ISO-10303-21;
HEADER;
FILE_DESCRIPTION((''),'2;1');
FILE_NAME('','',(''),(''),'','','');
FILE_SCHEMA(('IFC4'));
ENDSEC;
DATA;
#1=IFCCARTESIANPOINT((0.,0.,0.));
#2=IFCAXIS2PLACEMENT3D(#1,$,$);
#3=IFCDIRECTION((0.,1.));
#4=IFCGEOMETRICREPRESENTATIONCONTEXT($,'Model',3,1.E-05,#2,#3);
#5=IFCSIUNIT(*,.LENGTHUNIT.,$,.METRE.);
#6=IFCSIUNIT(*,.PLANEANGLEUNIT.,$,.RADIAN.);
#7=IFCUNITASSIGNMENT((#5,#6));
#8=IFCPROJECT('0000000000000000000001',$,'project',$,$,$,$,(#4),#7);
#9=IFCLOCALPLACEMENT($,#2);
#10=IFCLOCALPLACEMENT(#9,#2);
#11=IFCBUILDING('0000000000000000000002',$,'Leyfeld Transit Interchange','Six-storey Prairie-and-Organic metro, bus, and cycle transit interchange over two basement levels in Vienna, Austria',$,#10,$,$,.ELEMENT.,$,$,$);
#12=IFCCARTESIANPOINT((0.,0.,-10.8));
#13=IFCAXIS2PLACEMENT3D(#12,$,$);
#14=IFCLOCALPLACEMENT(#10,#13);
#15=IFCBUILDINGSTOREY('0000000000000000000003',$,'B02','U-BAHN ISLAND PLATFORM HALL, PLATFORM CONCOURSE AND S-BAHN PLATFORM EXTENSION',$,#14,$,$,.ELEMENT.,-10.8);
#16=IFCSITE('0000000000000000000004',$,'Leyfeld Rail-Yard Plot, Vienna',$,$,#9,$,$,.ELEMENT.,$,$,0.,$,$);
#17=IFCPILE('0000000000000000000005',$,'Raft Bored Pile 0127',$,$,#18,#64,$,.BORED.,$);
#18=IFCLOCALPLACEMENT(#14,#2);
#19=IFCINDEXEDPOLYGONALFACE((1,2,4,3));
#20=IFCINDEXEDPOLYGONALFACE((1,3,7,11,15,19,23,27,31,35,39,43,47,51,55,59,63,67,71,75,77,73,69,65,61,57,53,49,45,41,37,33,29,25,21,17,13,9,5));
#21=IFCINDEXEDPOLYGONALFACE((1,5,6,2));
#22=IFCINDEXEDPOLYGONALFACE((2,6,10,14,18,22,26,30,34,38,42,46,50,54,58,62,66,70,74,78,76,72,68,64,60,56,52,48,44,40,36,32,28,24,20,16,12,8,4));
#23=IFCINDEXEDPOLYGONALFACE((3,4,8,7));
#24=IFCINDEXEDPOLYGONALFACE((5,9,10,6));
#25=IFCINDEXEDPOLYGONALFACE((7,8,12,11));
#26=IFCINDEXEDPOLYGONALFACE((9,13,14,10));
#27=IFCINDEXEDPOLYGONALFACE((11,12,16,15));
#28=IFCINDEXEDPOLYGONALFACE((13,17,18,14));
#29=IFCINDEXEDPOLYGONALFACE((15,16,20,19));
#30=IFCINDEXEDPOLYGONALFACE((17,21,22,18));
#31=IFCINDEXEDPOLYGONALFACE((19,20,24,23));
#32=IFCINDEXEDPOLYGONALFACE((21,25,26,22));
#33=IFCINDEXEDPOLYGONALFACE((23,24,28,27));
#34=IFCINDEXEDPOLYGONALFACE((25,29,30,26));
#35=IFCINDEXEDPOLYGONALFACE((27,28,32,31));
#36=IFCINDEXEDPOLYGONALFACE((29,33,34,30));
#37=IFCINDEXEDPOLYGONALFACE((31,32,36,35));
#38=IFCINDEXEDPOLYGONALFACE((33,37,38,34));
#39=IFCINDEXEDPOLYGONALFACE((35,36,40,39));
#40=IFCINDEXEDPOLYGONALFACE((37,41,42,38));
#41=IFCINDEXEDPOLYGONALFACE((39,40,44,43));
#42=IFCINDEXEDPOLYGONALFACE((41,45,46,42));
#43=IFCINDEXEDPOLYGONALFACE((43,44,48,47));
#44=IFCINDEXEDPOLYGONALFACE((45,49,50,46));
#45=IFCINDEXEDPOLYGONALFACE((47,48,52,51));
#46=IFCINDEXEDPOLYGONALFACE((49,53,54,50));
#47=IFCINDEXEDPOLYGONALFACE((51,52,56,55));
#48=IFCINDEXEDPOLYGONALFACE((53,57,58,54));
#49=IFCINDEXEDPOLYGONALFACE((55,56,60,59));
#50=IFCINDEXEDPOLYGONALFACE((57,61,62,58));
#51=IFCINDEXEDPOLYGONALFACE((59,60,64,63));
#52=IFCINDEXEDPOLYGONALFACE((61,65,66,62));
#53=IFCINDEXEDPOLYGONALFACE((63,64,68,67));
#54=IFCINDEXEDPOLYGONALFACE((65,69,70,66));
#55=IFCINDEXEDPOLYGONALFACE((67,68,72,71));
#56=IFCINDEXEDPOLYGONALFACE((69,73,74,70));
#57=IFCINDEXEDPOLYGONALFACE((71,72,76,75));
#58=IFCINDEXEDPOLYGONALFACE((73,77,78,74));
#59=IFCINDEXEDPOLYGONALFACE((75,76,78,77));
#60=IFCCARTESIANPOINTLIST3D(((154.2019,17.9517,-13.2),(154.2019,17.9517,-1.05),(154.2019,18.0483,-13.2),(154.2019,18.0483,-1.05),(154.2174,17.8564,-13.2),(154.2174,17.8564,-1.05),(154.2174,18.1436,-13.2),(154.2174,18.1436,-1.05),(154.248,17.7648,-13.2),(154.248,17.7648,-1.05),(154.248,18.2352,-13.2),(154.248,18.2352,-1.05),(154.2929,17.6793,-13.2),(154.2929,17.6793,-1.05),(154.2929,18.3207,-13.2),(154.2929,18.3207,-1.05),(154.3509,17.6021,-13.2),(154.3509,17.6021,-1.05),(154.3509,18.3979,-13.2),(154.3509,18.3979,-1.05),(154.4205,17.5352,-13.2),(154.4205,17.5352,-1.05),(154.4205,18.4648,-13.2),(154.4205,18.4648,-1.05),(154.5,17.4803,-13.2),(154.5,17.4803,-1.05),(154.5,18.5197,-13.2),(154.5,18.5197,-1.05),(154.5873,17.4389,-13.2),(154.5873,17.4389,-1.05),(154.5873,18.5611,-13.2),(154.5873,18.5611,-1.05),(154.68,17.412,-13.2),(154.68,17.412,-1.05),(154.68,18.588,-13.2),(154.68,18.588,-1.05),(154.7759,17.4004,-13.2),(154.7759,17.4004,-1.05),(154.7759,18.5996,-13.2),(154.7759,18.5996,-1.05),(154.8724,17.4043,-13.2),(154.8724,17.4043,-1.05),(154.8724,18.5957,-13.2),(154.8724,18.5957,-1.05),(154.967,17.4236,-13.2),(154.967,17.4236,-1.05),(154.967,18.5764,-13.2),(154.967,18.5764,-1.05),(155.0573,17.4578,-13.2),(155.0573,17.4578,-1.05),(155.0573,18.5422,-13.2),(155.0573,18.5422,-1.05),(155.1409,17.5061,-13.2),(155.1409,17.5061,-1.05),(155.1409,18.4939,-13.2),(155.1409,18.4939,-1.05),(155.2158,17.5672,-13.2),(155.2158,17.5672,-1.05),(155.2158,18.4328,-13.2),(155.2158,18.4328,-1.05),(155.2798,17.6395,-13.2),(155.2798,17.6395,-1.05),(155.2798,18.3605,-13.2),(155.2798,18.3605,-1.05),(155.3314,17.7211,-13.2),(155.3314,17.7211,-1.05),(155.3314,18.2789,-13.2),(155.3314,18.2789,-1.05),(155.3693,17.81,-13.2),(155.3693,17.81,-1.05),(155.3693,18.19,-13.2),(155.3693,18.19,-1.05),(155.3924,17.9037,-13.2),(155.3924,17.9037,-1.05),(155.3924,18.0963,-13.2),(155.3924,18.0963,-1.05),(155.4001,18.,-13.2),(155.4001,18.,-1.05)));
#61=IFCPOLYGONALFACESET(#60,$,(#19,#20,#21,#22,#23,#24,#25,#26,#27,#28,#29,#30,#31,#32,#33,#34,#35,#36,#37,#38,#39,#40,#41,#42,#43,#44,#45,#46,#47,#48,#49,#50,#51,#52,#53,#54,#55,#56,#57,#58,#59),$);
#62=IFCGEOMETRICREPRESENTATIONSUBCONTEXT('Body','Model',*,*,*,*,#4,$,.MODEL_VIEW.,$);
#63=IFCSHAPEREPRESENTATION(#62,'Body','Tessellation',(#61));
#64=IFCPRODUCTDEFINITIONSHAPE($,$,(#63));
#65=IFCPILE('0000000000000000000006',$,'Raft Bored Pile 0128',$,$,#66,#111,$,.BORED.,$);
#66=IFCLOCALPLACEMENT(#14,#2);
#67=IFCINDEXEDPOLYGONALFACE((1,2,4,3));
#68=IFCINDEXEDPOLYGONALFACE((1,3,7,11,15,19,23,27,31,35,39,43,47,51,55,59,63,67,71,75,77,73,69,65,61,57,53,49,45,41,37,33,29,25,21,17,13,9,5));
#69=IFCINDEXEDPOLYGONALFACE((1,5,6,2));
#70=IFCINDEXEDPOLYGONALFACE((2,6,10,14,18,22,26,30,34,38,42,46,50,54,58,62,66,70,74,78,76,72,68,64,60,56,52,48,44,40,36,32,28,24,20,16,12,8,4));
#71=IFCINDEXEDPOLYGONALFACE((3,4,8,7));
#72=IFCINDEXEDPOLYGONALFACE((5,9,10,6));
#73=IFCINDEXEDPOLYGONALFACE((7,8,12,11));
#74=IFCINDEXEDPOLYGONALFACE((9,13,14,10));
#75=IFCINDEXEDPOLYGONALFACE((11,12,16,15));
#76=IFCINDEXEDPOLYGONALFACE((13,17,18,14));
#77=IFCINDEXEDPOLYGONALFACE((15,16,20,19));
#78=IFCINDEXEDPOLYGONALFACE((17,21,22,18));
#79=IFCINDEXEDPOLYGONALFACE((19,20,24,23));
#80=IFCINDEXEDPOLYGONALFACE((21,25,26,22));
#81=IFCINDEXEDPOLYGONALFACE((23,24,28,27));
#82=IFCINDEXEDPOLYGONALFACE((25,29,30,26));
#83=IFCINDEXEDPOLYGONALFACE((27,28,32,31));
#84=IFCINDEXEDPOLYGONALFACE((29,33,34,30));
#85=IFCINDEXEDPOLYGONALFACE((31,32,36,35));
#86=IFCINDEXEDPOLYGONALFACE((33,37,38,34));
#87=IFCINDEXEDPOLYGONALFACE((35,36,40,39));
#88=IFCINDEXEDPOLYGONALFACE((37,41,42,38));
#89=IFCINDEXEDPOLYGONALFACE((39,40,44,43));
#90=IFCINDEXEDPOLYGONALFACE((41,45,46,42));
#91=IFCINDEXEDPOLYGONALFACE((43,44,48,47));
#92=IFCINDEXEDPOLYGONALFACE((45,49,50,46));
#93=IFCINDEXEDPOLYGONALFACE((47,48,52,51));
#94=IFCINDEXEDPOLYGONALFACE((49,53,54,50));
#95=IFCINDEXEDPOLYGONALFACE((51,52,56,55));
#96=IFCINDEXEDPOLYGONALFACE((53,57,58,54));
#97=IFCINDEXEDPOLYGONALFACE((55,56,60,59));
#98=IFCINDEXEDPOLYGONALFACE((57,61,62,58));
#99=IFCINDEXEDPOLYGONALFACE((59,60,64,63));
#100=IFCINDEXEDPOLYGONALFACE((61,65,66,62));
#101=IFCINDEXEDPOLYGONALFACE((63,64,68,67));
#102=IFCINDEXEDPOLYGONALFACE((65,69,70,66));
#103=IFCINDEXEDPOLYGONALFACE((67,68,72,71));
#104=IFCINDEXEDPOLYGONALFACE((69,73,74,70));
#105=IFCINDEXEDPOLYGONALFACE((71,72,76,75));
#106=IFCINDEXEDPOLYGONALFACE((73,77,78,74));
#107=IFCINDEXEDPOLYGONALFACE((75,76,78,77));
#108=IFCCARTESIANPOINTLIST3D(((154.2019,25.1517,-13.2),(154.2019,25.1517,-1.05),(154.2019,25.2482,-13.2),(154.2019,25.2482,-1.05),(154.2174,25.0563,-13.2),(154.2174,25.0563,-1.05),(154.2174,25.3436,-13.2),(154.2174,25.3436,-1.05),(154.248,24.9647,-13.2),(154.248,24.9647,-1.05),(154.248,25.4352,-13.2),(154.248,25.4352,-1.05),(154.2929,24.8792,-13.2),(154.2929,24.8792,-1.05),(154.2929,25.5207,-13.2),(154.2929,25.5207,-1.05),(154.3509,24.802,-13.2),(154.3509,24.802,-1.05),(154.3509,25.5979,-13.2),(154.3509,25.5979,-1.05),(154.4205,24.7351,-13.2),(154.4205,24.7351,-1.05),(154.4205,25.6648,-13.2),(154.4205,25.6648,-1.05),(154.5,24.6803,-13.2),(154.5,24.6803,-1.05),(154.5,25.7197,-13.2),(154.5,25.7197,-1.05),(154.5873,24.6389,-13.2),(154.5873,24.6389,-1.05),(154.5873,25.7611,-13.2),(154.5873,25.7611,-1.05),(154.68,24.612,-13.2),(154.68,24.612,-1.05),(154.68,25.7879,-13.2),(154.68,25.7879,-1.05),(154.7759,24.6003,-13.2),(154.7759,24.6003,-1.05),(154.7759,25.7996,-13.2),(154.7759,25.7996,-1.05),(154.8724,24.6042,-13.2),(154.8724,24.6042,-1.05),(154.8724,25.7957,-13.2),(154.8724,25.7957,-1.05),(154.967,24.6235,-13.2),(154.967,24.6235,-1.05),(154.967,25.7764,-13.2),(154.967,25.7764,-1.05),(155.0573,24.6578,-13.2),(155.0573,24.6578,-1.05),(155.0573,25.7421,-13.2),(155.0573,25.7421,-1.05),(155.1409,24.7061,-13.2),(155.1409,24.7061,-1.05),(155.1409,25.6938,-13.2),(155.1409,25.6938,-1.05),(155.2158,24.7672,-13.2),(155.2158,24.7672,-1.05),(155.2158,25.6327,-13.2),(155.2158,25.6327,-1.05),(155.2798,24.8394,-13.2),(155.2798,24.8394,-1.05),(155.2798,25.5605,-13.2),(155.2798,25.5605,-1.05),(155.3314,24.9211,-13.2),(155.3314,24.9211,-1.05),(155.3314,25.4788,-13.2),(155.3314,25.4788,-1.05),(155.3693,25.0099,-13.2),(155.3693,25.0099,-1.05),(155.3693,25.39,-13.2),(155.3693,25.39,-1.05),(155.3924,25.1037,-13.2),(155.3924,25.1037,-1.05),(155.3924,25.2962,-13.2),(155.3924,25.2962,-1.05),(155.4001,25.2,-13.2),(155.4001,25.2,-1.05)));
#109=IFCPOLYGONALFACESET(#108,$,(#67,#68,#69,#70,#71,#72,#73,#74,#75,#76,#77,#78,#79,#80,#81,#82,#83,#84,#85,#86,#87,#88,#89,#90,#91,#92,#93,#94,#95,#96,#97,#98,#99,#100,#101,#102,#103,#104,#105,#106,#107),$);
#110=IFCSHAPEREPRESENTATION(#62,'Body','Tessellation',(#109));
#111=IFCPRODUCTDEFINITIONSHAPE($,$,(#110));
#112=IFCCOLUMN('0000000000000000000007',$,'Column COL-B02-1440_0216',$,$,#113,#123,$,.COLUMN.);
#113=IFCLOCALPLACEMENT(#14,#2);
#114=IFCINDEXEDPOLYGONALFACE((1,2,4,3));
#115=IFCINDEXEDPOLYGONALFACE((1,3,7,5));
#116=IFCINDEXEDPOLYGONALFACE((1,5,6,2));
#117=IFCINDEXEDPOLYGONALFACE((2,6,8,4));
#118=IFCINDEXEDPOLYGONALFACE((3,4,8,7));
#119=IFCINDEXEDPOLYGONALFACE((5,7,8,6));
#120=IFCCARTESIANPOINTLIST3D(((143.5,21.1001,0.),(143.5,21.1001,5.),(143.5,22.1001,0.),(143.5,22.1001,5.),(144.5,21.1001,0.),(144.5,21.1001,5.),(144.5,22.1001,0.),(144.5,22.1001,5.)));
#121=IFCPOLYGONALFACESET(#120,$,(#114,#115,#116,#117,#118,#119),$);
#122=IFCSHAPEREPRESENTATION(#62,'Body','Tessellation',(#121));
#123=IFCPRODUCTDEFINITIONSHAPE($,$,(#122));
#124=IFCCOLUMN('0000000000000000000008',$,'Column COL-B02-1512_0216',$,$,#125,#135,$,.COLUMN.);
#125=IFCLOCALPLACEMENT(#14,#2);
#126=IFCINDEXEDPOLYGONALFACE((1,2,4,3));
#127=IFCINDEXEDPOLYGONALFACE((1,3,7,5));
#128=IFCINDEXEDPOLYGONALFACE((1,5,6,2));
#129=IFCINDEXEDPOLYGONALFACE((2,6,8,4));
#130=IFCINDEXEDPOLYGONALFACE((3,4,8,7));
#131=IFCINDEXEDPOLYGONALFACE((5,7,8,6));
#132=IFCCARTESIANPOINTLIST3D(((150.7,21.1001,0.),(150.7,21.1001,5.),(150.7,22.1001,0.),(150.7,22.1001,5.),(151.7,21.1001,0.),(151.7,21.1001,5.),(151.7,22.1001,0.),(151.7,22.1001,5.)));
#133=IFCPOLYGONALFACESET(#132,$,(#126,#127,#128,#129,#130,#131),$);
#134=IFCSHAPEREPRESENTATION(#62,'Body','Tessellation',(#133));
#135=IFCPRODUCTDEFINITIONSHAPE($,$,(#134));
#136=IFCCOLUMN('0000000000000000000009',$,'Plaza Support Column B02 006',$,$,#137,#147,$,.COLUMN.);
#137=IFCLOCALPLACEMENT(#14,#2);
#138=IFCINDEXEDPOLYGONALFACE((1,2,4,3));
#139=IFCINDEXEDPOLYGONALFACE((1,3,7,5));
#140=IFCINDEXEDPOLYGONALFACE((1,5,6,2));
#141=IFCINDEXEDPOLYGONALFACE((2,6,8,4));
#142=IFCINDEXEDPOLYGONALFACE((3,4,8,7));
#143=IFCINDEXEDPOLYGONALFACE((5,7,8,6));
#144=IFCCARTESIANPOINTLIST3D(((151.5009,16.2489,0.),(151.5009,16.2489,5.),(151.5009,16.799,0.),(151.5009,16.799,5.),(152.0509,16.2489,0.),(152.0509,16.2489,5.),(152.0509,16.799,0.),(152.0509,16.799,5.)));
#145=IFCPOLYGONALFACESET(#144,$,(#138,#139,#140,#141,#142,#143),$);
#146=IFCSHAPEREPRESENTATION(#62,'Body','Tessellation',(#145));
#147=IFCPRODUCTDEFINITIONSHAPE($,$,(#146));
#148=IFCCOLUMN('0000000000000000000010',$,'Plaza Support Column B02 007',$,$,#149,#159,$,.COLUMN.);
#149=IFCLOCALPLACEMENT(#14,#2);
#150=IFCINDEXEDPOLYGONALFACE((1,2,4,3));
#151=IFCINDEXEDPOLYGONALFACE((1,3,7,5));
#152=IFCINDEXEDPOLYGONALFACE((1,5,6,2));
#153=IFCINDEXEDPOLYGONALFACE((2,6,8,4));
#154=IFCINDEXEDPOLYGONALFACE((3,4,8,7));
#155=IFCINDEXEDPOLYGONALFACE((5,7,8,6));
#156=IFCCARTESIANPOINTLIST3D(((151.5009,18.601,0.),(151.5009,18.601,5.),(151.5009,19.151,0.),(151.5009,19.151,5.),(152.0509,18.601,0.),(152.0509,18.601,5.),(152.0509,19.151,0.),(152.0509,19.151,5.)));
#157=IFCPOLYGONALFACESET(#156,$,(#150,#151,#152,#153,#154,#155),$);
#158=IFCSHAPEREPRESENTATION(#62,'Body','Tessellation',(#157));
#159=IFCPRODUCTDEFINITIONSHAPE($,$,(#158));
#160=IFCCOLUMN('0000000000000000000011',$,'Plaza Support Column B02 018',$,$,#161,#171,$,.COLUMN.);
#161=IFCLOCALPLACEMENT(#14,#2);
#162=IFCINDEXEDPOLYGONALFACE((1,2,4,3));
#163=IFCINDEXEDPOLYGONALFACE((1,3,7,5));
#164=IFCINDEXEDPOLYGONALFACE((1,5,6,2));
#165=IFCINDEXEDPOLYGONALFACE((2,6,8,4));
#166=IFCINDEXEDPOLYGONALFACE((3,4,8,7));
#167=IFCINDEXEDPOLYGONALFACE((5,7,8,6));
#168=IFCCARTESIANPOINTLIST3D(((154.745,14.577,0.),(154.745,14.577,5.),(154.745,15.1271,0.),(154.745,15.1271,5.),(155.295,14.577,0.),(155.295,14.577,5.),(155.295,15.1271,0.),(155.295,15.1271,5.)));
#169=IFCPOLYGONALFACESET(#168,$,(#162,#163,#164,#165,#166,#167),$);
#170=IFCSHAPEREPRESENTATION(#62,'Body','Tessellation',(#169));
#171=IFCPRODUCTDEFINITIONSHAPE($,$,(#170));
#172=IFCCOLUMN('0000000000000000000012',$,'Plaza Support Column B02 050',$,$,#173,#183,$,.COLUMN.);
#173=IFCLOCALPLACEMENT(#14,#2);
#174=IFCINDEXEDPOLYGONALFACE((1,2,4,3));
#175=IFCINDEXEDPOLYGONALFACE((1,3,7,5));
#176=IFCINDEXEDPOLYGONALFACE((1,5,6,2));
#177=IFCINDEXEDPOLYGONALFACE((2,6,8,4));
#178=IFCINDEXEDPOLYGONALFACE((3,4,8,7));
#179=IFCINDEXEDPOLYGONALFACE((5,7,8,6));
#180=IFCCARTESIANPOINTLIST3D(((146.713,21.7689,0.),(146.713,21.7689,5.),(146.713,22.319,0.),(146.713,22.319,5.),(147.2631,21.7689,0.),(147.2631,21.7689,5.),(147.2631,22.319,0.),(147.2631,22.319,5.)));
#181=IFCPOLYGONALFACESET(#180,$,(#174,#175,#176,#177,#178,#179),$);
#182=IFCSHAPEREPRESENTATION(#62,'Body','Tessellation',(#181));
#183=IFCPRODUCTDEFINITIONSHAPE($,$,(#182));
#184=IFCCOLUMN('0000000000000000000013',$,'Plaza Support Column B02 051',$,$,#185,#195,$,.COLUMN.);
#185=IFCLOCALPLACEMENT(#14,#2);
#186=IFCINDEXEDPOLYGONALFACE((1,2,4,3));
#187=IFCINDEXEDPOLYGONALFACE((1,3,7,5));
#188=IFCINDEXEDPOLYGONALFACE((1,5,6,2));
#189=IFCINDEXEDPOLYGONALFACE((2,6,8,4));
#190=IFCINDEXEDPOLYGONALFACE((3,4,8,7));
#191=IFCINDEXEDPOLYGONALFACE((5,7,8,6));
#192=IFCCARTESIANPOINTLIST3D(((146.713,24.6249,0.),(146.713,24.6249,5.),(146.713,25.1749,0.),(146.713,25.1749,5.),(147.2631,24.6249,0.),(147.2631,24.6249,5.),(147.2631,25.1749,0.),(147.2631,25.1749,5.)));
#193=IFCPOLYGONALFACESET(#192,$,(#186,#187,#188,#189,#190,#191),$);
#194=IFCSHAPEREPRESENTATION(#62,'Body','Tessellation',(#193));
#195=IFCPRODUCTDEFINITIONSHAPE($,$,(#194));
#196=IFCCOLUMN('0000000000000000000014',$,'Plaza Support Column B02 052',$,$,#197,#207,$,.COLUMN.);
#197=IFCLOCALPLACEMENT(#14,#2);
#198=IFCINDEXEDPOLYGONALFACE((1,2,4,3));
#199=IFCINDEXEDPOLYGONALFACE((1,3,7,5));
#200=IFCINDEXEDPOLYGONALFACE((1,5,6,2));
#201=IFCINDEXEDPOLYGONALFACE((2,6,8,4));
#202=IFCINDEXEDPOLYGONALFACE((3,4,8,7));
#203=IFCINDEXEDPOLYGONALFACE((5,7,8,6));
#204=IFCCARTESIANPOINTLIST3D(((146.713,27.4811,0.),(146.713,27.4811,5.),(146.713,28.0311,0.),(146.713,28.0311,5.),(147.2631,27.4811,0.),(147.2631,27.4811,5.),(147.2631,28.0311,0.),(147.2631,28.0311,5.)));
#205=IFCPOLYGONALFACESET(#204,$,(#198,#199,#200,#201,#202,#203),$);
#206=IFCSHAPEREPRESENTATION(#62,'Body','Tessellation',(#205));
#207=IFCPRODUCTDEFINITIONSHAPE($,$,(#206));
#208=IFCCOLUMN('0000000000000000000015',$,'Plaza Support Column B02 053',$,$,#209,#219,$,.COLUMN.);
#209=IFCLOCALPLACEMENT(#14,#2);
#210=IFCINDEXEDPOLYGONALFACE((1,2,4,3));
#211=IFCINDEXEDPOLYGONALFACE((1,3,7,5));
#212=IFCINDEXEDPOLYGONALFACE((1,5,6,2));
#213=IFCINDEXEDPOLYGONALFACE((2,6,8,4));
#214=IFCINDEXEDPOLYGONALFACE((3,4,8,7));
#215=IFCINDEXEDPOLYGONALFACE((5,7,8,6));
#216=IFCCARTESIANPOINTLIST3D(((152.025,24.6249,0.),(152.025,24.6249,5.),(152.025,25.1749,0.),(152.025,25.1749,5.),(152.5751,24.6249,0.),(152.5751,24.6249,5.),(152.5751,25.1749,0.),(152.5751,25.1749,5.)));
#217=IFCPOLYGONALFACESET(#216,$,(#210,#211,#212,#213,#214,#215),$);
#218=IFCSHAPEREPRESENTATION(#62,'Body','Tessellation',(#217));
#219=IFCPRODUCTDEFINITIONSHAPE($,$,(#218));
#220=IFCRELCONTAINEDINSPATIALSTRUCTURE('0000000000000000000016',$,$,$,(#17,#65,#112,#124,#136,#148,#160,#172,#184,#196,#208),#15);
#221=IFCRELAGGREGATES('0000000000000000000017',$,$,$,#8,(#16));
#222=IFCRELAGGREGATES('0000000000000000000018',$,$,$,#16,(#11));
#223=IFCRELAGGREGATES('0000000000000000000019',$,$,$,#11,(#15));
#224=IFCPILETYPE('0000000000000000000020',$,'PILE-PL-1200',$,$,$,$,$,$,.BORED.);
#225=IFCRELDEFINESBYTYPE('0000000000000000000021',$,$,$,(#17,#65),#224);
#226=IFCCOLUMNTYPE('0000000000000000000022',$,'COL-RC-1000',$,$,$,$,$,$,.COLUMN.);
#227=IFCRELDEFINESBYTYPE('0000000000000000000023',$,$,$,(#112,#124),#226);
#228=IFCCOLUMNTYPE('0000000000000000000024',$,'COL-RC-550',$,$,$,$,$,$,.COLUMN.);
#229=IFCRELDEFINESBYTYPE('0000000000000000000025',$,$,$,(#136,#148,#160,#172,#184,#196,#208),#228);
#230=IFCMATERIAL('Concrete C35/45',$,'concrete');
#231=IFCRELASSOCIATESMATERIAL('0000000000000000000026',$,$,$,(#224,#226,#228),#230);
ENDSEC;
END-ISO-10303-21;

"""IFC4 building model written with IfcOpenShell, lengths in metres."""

from ifc_helpers import new_model, si_unit, direction, frame, origin, origin_2d, place, context, subcontext, project, spatial, rectangle, circle, extrude, material, material_profile, profile_set, type_object, element, save


model = new_model("IFC4")

# Units and contexts
model_context = context("Model", 3, precision=1e-05, world=origin(), true_north=direction((0.0, 1.0)))
body_context = subcontext(model_context, "Body", "Model", "MODEL_VIEW")
ifc_project = project(units=[si_unit("LENGTHUNIT", "METRE"), si_unit("PLANEANGLEUNIT", "RADIAN")], contexts=[model_context])

# Site, building, storey
site_placement = place(None, origin())
site = spatial("IfcSite", under=ifc_project, at=site_placement, Name="Leyfeld Rail-Yard Plot, Vienna", CompositionType="ELEMENT", RefElevation=0.0)
building_placement = place(site_placement, origin())
building = spatial("IfcBuilding", under=site, at=building_placement, Name="Leyfeld Transit Interchange", Description="Six-storey Prairie-and-Organic metro, bus, and cycle transit interchange over two basement levels in Vienna, Austria", CompositionType="ELEMENT")
storey_placement = place(building_placement, frame((0.0, 0.0, -10.8)))
storey = spatial("IfcBuildingStorey", under=building, at=storey_placement, Name="B02", Description="U-BAHN ISLAND PLATFORM HALL, PLATFORM CONCOURSE AND S-BAHN PLATFORM EXTENSION", CompositionType="ELEMENT", Elevation=-10.8)

# Piles
ifc_material = material(Name="Concrete C35/45", Category="concrete")
ifc_material_profile_1 = material_profile(ifc_material, circle(Radius=0.6001, at=origin_2d()), Name="PILE D1200")
ifc_profile_set_1 = profile_set([ifc_material_profile_1], Name="Concrete C35/45")
pile_type = type_object("IfcPileType", Name="PILE-PL-1200", PredefinedType="BORED", material=ifc_profile_set_1)
for number, where, z_axis, x_axis, name in (
    (1, (154.8, 18.0, -1.05), (0.0, 0.0, -1.0), (1.0, 0.0, 0.0), "Raft Bored Pile 0127"),
    (2, (154.8, 25.2, -1.05), (0.0, 0.0, -1.0), (1.0, 0.0, 0.0), "Raft Bored Pile 0128"),
):
    element("IfcPile", number, at=place(storey_placement, frame(where, z_axis=z_axis, x_axis=x_axis)), inside=storey, type_object=pile_type, Name=name, PredefinedType="BORED", context=body_context, shape_type="SweptSolid", body=[
        extrude(circle(Radius=0.6001, at=origin_2d()), origin(), (0.0, 0.0, 1.0), 12.1499),
    ])

# Columns
ifc_material_profile_2 = material_profile(ifc_material, rectangle(XDim=1.0, YDim=1.0, at=origin_2d()), Name="RC 1000x1000")
ifc_profile_set_2 = profile_set([ifc_material_profile_2], Name="Concrete C35/45")
column_type_1 = type_object("IfcColumnType", Name="COL-RC-1000", PredefinedType="COLUMN", material=ifc_profile_set_2)
for number, where, z_axis, x_axis, name in (
    (3, (144.0, 21.6001, 0.0), (0.0, 0.0, 1.0), (1.0, 0.0, 0.0), "Column COL-B02-1440_0216"),
    (4, (151.2, 21.6001, 0.0), (0.0, 0.0, 1.0), (1.0, 0.0, 0.0), "Column COL-B02-1512_0216"),
):
    element("IfcColumn", number, at=place(storey_placement, frame(where, z_axis=z_axis, x_axis=x_axis)), inside=storey, type_object=column_type_1, Name=name, PredefinedType="COLUMN", context=body_context, shape_type="SweptSolid", body=[
        extrude(rectangle(XDim=1.0, YDim=1.0, at=origin_2d()), origin(), (0.0, 0.0, 1.0), 5.0),
    ])
ifc_material_profile_3 = material_profile(ifc_material, rectangle(XDim=0.55, YDim=0.55, at=origin_2d()), Name="RC 550x550")
ifc_profile_set_3 = profile_set([ifc_material_profile_3], Name="Concrete C35/45")
column_type_2 = type_object("IfcColumnType", Name="COL-RC-550", PredefinedType="COLUMN", material=ifc_profile_set_3)
for number, where, z_axis, x_axis, name in (
    (5, (151.7759, 16.5239, 0.0), (0.0, 0.0, 1.0), (1.0, 0.0, 0.0), "Plaza Support Column B02 006"),
    (6, (151.7759, 18.876, 0.0), (0.0, 0.0, 1.0), (1.0, 0.0, 0.0), "Plaza Support Column B02 007"),
    (7, (155.02, 14.8521, 0.0), (0.0, 0.0, 1.0), (1.0, 0.0, 0.0), "Plaza Support Column B02 018"),
    (8, (146.988, 22.0439, 0.0), (0.0, 0.0, 1.0), (1.0, 0.0, 0.0), "Plaza Support Column B02 050"),
    (9, (146.988, 24.8999, 0.0), (0.0, 0.0, 1.0), (1.0, 0.0, 0.0), "Plaza Support Column B02 051"),
    (10, (146.988, 27.7561, 0.0), (0.0, 0.0, 1.0), (1.0, 0.0, 0.0), "Plaza Support Column B02 052"),
    (11, (152.3, 24.8999, 0.0), (0.0, 0.0, 1.0), (1.0, 0.0, 0.0), "Plaza Support Column B02 053"),
):
    element("IfcColumn", number, at=place(storey_placement, frame(where, z_axis=z_axis, x_axis=x_axis)), inside=storey, type_object=column_type_2, Name=name, PredefinedType="COLUMN", context=body_context, shape_type="SweptSolid", body=[
        extrude(rectangle(XDim=0.55, YDim=0.55, at=origin_2d()), origin(), (0.0, 0.0, 1.0), 5.0),
    ])

save(model, "model.ifc")
